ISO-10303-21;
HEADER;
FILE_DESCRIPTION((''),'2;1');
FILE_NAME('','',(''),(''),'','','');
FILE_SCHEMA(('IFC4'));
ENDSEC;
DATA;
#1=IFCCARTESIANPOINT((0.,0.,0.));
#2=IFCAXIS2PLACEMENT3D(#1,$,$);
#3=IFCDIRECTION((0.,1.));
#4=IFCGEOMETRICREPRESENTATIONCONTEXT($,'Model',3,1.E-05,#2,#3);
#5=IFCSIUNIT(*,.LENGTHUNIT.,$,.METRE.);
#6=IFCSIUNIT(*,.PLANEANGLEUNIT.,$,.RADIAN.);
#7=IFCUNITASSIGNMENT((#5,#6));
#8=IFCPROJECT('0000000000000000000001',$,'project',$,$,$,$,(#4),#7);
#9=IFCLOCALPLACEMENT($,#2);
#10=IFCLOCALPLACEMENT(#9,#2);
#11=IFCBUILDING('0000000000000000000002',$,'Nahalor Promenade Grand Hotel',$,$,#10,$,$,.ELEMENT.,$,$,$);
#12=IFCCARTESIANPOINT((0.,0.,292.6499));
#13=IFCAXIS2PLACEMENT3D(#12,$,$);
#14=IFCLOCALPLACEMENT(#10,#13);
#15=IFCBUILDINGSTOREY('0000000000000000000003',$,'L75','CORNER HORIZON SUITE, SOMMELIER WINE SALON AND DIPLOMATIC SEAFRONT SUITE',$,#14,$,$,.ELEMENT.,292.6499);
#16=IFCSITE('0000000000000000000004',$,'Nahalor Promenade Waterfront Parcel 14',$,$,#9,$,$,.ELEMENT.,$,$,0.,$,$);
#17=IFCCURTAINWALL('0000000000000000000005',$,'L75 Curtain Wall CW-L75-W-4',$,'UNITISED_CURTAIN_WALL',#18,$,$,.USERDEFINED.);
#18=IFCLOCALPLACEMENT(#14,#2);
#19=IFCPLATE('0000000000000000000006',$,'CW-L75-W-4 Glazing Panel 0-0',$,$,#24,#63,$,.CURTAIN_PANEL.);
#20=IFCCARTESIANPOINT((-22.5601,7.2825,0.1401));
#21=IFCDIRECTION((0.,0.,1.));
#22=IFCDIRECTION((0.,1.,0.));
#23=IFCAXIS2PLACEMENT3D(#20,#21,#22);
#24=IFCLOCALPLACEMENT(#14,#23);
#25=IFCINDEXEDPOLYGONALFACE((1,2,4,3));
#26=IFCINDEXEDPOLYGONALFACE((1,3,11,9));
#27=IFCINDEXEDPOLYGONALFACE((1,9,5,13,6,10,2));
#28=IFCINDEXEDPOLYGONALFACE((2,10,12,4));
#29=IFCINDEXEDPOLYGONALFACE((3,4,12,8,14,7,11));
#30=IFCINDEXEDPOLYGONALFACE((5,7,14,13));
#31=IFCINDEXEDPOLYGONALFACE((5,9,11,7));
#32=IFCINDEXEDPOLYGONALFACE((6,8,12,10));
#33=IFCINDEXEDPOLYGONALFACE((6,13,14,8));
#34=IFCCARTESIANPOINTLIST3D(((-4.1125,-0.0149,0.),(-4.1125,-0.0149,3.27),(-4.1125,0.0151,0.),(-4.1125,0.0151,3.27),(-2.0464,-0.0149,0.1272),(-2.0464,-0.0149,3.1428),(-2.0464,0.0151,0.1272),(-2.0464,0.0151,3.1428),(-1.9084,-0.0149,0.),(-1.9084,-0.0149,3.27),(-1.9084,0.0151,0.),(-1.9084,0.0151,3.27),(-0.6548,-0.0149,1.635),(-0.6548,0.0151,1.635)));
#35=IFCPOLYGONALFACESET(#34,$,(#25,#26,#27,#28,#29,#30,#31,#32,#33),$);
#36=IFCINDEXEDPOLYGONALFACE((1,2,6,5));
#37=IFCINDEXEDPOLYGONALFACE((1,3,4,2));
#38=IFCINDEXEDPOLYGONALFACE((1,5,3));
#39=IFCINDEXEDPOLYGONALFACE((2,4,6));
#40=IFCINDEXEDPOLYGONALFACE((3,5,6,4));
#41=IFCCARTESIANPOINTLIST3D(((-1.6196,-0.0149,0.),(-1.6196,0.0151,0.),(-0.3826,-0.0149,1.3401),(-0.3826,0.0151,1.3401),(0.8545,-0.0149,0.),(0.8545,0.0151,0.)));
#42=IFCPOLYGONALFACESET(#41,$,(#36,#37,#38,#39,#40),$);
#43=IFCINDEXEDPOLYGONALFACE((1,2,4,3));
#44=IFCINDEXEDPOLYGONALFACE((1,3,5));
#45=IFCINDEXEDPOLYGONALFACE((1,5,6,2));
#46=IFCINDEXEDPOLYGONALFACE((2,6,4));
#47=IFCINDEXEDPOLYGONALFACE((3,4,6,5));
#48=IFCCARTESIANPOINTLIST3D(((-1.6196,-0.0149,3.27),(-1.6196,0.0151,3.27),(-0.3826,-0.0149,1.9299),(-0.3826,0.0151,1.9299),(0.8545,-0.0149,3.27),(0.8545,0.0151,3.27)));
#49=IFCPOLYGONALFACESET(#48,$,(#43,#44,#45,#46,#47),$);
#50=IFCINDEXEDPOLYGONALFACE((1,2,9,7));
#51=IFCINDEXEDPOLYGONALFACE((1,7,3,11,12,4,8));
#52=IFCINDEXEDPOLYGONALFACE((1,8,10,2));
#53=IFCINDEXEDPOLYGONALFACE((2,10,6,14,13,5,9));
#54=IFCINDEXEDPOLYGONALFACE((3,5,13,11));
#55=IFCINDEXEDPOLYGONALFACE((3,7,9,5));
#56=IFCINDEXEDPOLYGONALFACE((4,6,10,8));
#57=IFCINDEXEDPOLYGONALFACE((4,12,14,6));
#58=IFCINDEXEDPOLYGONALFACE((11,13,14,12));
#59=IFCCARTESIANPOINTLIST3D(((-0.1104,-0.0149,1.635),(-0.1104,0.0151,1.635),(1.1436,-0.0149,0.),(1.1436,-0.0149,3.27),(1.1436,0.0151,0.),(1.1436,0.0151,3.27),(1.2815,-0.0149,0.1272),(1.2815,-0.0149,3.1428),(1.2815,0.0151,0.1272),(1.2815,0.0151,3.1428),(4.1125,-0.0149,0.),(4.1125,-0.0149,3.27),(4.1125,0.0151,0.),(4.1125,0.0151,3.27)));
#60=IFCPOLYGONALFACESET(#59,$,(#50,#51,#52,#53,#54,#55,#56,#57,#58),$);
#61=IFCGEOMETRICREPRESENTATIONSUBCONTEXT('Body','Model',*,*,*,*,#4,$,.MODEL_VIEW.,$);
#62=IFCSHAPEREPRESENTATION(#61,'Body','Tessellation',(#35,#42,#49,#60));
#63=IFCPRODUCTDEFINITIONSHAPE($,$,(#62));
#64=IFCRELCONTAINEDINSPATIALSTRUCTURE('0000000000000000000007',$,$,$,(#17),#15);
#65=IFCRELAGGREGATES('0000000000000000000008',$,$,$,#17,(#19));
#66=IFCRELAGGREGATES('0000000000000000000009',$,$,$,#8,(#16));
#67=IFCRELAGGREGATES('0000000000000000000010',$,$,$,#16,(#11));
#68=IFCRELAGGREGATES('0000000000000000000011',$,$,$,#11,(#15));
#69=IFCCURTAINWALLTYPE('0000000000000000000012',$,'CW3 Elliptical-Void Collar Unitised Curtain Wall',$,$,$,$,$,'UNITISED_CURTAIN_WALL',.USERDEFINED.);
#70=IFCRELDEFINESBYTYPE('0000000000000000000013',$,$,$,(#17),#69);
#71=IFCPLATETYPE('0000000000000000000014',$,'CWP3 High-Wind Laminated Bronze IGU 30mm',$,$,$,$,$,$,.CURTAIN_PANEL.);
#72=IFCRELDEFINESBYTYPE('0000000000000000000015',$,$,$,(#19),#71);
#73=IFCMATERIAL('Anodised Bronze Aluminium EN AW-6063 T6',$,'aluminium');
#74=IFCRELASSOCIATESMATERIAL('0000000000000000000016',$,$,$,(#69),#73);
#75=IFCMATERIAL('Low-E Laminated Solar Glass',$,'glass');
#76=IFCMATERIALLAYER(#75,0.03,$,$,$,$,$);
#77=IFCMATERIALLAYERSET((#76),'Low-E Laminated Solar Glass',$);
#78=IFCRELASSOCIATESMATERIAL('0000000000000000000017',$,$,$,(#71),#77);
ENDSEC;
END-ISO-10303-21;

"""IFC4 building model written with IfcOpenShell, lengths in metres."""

from ifc_helpers import new_model, si_unit, direction, frame, origin, place, context, subcontext, project, spatial, polyline, outline, extrude, material, layer, layer_set, type_object, element, aggregate, save


model = new_model("IFC4")

# Units and contexts
model_context = context("Model", 3, precision=1e-05, world=origin(), true_north=direction((0.0, 1.0)))
body_context = subcontext(model_context, "Body", "Model", "MODEL_VIEW")
ifc_project = project(units=[si_unit("LENGTHUNIT", "METRE"), si_unit("PLANEANGLEUNIT", "RADIAN")], contexts=[model_context])

# Site, building, storey
site_placement = place(None, origin())
site = spatial("IfcSite", under=ifc_project, at=site_placement, Name="Nahalor Promenade Waterfront Parcel 14", CompositionType="ELEMENT", RefElevation=0.0)
building_placement = place(site_placement, origin())
building = spatial("IfcBuilding", under=site, at=building_placement, Name="Nahalor Promenade Grand Hotel", CompositionType="ELEMENT")
storey_placement = place(building_placement, frame((0.0, 0.0, 292.6499)))
storey = spatial("IfcBuildingStorey", under=building, at=storey_placement, Name="L75", Description="CORNER HORIZON SUITE, SOMMELIER WINE SALON AND DIPLOMATIC SEAFRONT SUITE", CompositionType="ELEMENT", Elevation=292.6499)

# Curtain wall
ifc_material_1 = material(Name="Anodised Bronze Aluminium EN AW-6063 T6", Category="aluminium")
curtain_wall_type = type_object("IfcCurtainWallType", Name="CW3 Elliptical-Void Collar Unitised Curtain Wall", ElementType="UNITISED_CURTAIN_WALL", PredefinedType="USERDEFINED", material=ifc_material_1)
curtain_wall_1_placement = place(storey_placement, origin())
curtain_wall_1 = element("IfcCurtainWall", 1, at=curtain_wall_1_placement, inside=storey, type_object=curtain_wall_type, Name="L75 Curtain Wall CW-L75-W-4", ObjectType="UNITISED_CURTAIN_WALL", PredefinedType="USERDEFINED")

# Plate
ifc_material_2 = material(Name="Low-E Laminated Solar Glass", Category="glass")
ifc_layer_1 = layer(ifc_material_2, 0.03)
ifc_layer_set_1 = layer_set([ifc_layer_1], Name="Low-E Laminated Solar Glass")
plate_type_1 = type_object("IfcPlateType", Name="CWP3 High-Wind Laminated Bronze IGU 30mm", PredefinedType="CURTAIN_PANEL", material=ifc_layer_set_1)
plate_1_placement = place(storey_placement, frame((-22.5601, 7.2825, 0.1401), z_axis=(0.0, 0.0, 1.0), x_axis=(0.0, 1.0, 0.0)))
plate_1 = element("IfcPlate", 2, at=plate_1_placement, type_object=plate_type_1, Name="CW-L75-W-4 Glazing Panel 0-0", PredefinedType="CURTAIN_PANEL", context=body_context, shape_type="SweptSolid", body=[
    extrude(outline(polyline([(-4.1125, 3.27), (-4.1125, 0.0), (-1.9084, 0.0), (-2.0464, 0.1272), (-0.6548, 1.635), (-2.0464, 3.1428), (-1.9084, 3.27), (-4.1125, 3.27)])), frame((0.0, 0.0151, 0.0), z_axis=(0.0, -1.0, 0.0), x_axis=(1.0, 0.0, 0.0)), (0.0, 0.0, 1.0), 0.03),
    extrude(outline(polyline([(-0.3826, 1.3401), (-1.6196, 0.0), (0.8545, 0.0), (-0.3826, 1.3401)])), frame((0.0, 0.0151, 0.0), z_axis=(0.0, -1.0, 0.0), x_axis=(1.0, 0.0, 0.0)), (0.0, 0.0, 1.0), 0.03),
    extrude(outline(polyline([(-0.3826, 1.9299), (0.8545, 3.27), (-1.6196, 3.27), (-0.3826, 1.9299)])), frame((0.0, 0.0151, 0.0), z_axis=(0.0, -1.0, 0.0), x_axis=(1.0, 0.0, 0.0)), (0.0, 0.0, 1.0), 0.03),
    extrude(outline(polyline([(4.1125, 0.0), (4.1125, 3.27), (1.1436, 3.27), (1.2815, 3.1428), (-0.1104, 1.635), (1.2815, 0.1272), (1.1436, 0.0), (4.1125, 0.0)])), frame((0.0, 0.0151, 0.0), z_axis=(0.0, -1.0, 0.0), x_axis=(1.0, 0.0, 0.0)), (0.0, 0.0, 1.0), 0.03),
])
aggregate(curtain_wall_1, [plate_1])

save(model, "model.ifc")
